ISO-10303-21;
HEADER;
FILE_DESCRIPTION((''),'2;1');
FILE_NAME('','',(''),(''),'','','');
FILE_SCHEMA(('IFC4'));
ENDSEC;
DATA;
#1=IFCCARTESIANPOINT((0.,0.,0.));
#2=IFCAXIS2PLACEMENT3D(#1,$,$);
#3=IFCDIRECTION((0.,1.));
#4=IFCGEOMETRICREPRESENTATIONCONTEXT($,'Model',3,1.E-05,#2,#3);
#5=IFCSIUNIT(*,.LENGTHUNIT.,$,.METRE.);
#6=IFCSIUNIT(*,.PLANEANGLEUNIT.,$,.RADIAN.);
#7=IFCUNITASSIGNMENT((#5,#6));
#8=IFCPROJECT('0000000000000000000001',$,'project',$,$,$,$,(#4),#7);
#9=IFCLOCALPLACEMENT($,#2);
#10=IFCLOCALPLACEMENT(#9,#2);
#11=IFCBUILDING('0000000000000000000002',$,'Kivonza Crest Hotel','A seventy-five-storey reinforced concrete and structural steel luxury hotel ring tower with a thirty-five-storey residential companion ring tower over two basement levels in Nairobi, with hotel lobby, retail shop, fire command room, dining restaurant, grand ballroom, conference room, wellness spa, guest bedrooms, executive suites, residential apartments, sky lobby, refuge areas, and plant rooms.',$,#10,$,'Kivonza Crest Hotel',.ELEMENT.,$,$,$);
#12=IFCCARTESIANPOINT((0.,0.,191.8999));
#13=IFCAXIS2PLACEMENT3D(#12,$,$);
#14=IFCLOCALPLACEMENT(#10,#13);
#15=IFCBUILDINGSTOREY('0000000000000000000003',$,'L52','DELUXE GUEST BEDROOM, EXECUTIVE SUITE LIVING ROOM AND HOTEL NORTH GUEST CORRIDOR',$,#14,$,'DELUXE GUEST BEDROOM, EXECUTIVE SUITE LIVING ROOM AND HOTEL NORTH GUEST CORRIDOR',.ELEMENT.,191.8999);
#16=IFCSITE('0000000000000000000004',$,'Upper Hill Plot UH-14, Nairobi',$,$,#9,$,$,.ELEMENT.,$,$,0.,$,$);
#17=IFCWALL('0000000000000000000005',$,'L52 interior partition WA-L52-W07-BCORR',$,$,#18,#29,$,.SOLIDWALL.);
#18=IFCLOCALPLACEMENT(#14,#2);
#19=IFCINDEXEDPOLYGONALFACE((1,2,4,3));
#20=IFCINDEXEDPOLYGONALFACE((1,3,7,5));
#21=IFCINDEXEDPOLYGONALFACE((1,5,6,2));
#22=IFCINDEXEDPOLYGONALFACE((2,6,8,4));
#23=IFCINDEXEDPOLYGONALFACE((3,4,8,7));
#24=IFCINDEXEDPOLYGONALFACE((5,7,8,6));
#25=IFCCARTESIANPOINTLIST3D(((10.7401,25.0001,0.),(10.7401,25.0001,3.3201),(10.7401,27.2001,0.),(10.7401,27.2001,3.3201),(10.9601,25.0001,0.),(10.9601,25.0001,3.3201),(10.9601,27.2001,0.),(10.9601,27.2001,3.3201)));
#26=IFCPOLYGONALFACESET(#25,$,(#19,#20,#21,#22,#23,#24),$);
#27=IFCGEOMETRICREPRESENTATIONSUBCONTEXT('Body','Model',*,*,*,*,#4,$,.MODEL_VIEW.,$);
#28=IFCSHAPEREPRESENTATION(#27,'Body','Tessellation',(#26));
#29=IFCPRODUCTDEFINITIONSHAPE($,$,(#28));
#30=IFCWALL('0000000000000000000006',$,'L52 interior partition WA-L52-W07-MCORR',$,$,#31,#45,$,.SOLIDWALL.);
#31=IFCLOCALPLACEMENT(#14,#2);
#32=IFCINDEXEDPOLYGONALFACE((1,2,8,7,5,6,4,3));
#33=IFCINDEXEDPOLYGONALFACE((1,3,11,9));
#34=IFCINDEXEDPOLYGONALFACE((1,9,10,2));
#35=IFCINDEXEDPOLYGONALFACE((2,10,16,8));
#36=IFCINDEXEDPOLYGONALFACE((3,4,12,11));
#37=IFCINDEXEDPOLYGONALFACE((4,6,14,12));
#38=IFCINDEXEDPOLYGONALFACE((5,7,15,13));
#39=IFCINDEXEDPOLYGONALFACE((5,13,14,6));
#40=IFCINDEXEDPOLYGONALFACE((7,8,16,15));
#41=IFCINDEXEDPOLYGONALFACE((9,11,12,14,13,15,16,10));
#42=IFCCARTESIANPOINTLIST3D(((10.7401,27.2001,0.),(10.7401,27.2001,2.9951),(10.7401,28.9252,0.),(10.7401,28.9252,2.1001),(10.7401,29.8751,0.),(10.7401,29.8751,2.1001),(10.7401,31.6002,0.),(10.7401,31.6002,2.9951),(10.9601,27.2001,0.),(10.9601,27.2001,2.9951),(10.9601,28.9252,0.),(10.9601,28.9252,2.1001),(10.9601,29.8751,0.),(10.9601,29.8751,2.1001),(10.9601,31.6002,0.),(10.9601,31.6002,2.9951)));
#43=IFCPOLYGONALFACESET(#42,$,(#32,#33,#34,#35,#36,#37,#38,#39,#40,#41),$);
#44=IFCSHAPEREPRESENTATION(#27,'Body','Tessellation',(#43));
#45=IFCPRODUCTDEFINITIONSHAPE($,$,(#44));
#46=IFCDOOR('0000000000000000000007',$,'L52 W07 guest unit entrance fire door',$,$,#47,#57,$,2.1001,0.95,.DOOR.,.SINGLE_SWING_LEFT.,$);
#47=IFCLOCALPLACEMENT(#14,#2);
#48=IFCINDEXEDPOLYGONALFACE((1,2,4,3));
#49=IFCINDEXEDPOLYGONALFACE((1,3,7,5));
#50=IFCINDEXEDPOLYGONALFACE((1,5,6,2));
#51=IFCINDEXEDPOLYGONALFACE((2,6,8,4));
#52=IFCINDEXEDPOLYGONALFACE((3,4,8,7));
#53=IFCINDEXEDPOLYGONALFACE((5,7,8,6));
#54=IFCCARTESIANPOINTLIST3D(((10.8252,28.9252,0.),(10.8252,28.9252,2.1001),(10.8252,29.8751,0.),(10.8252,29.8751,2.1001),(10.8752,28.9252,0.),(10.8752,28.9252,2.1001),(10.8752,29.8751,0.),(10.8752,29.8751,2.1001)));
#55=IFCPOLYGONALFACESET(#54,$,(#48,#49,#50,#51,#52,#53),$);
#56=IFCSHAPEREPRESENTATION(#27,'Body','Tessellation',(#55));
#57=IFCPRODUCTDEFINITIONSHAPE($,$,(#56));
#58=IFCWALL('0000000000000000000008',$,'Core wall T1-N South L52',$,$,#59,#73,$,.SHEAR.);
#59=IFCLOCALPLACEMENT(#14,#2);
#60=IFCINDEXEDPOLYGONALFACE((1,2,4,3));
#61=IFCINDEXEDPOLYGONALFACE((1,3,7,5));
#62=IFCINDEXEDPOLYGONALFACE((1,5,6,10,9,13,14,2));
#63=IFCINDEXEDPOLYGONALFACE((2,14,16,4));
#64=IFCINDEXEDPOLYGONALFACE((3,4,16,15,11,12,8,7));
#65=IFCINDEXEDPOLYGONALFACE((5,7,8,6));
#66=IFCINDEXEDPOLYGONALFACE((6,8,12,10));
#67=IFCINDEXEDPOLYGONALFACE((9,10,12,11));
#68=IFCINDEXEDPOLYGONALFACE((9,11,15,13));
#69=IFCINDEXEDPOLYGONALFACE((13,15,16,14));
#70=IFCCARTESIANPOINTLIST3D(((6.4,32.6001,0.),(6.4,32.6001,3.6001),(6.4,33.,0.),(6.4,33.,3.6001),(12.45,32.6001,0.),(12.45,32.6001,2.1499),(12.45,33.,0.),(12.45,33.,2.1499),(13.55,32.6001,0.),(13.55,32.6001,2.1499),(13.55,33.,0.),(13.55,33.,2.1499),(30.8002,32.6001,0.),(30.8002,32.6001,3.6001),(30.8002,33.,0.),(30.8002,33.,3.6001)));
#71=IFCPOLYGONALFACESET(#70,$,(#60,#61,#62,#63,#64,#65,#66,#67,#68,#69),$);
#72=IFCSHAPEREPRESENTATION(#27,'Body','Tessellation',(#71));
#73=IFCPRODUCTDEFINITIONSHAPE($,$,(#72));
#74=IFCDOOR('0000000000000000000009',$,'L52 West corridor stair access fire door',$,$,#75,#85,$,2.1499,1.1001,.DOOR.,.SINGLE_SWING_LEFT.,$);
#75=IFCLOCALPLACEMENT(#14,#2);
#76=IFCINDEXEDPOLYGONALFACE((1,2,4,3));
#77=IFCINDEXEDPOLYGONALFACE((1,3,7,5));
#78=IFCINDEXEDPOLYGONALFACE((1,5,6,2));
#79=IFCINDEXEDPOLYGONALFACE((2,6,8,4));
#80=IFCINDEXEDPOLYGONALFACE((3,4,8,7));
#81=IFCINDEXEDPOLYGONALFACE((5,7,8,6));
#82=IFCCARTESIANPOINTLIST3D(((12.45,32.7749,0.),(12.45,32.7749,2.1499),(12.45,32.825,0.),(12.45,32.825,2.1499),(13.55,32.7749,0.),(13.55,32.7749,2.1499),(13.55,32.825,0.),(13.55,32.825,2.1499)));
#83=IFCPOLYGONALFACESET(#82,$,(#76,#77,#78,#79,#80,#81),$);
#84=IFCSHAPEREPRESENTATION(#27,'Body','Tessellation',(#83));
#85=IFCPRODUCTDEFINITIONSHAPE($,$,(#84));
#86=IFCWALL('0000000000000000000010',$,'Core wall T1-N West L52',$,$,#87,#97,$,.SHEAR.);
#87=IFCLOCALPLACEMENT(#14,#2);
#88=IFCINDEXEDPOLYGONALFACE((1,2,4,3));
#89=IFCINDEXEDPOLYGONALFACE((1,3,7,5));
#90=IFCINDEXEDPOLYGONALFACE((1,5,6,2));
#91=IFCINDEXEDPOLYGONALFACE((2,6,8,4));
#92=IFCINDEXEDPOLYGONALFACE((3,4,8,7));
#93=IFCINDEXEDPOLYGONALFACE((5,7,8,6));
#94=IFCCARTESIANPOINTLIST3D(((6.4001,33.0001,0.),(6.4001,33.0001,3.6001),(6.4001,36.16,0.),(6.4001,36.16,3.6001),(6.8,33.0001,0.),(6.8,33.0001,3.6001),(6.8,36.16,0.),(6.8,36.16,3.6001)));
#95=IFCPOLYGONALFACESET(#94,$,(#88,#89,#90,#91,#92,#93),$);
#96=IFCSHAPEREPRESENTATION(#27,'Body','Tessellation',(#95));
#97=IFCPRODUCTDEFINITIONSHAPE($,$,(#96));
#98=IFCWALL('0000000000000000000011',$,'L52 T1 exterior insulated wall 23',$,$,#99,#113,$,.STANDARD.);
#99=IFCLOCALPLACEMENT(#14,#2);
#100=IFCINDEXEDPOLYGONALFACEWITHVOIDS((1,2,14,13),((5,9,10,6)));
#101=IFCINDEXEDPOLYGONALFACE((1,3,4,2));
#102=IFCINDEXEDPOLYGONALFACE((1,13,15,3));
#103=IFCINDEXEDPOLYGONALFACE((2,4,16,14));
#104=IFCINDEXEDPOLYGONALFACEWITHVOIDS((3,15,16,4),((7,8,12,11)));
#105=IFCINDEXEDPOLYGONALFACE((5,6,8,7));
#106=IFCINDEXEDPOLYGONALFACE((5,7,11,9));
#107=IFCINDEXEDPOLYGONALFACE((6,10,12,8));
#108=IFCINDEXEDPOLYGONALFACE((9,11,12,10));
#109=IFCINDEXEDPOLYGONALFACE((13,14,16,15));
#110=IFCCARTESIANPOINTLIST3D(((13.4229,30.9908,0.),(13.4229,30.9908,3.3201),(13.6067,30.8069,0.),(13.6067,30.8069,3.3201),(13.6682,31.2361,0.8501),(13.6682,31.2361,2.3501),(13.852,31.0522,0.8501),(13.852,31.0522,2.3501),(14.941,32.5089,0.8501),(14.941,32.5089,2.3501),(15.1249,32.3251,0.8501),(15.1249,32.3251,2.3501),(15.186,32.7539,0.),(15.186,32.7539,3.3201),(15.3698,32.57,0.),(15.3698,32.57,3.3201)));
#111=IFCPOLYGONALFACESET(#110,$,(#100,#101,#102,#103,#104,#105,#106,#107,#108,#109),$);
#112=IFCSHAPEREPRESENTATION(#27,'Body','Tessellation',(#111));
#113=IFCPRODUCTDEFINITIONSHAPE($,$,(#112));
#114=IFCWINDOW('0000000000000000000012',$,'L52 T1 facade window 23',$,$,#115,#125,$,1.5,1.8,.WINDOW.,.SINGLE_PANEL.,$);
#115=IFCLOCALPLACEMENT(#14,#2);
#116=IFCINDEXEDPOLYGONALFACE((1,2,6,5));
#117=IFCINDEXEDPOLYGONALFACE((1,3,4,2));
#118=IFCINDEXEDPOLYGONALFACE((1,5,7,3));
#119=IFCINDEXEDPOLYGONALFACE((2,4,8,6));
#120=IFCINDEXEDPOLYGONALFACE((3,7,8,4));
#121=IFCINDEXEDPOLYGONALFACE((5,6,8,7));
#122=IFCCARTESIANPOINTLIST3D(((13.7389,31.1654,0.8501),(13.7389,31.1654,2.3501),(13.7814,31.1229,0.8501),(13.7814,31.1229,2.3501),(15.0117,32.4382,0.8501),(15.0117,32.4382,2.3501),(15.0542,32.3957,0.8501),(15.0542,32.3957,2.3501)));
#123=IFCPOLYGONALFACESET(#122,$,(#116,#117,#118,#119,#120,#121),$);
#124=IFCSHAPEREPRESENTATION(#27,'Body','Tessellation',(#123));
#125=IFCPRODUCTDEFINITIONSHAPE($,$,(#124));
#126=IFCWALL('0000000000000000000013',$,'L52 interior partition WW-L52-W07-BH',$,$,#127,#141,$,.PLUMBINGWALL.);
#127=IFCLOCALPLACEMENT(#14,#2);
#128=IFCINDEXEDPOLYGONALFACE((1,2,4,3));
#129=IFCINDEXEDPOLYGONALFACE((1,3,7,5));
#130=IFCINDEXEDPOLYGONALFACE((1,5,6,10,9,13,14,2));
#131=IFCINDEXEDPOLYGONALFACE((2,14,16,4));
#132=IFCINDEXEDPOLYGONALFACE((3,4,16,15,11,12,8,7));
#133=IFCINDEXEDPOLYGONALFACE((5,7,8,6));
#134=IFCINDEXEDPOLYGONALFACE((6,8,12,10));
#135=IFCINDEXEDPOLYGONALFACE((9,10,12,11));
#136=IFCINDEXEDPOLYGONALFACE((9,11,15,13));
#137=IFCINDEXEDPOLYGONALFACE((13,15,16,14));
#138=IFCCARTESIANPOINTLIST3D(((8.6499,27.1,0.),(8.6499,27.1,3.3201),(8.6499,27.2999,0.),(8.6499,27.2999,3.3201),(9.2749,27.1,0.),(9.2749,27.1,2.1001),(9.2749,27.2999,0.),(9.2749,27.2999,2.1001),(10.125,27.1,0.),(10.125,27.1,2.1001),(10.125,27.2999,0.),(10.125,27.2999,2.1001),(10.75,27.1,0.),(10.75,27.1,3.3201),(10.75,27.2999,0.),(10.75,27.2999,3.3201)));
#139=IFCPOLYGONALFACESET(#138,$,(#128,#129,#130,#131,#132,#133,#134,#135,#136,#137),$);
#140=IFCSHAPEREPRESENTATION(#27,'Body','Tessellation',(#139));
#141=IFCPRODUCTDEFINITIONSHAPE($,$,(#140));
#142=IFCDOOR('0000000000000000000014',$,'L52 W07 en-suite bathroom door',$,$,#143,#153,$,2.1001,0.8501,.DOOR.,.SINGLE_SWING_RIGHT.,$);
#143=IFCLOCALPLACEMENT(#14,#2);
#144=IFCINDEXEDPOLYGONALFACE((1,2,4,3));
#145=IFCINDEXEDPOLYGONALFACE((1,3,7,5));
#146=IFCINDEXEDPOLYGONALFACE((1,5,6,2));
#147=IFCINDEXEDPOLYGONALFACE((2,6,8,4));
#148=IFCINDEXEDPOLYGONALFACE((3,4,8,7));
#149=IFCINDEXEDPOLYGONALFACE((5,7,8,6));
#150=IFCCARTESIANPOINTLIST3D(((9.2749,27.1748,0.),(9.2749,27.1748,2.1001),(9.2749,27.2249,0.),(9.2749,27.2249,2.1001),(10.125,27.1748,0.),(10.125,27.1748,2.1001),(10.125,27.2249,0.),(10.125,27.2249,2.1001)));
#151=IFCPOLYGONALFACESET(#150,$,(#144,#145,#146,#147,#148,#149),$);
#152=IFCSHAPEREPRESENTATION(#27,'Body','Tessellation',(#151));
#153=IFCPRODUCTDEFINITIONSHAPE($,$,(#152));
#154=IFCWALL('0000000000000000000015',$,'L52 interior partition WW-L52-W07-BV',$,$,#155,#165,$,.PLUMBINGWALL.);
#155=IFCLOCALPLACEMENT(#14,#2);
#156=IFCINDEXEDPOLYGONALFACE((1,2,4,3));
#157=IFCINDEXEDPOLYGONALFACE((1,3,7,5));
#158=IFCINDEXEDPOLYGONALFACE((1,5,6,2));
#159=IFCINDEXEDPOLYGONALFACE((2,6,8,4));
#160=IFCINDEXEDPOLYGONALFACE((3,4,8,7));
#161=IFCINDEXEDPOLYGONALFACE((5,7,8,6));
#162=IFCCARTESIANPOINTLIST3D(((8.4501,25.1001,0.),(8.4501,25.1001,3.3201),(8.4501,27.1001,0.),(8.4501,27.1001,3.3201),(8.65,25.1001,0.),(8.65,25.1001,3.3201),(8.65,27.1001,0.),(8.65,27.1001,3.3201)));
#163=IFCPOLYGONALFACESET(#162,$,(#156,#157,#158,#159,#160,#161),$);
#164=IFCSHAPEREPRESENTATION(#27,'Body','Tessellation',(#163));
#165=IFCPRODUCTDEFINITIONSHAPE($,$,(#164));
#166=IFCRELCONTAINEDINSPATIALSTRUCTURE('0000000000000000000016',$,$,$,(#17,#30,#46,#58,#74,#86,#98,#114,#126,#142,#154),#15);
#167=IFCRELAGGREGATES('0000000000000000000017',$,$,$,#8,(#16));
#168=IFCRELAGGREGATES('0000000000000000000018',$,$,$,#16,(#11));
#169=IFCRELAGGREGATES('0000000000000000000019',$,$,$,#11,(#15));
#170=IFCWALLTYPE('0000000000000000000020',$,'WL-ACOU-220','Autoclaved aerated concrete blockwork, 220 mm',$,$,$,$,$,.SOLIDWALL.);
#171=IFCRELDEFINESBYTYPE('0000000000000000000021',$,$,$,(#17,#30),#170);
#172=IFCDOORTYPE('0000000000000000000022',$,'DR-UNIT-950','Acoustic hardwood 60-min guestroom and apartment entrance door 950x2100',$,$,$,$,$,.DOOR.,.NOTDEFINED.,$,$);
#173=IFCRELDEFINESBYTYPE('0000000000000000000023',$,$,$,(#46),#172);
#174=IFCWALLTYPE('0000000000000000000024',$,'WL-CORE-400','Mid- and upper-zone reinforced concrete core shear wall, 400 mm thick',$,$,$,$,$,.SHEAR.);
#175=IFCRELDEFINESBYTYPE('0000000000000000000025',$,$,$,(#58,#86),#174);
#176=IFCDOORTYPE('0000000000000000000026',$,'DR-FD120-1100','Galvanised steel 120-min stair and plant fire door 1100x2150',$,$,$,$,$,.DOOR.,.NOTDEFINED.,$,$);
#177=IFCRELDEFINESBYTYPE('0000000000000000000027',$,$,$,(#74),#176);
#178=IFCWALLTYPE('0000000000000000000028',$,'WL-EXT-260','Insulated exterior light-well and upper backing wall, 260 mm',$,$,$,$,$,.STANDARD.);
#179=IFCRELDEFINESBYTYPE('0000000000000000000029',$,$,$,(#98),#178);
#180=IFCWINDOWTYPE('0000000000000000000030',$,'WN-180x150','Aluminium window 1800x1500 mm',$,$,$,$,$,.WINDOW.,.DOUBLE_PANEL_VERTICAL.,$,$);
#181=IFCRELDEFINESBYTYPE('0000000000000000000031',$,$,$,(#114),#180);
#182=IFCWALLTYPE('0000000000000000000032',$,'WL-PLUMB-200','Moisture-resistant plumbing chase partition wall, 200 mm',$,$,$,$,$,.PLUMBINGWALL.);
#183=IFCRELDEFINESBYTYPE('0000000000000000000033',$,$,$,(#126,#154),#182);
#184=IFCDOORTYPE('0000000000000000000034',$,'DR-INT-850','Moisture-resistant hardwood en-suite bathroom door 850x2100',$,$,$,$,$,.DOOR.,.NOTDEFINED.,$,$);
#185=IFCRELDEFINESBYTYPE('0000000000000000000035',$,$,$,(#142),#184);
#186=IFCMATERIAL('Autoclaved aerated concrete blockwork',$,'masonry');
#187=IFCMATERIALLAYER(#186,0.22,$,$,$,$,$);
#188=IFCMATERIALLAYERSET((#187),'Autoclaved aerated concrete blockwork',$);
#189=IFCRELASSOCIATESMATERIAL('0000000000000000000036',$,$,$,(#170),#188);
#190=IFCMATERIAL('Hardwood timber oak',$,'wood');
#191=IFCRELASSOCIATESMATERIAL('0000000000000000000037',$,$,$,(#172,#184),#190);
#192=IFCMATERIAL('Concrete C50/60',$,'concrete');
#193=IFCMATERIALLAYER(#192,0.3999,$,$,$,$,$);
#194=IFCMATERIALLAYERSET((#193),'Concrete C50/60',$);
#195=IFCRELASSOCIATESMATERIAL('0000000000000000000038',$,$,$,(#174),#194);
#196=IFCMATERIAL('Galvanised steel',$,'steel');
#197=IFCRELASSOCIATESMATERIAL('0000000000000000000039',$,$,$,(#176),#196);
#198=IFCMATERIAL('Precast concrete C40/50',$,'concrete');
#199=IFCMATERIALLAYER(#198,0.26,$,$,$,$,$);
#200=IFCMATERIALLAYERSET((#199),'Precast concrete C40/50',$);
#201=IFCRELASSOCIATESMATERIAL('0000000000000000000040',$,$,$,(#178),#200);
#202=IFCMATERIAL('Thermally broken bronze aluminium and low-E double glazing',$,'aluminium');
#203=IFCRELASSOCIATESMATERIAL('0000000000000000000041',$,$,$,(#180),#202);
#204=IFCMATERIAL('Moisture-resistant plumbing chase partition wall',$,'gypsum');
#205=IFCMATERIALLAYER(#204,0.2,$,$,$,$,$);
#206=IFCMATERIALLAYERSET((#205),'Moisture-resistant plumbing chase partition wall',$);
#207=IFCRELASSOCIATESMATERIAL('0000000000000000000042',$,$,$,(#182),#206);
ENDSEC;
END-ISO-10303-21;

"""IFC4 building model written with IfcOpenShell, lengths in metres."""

from ifc_helpers import new_model, si_unit, direction, frame, frame_2d, origin, place, context, subcontext, project, spatial, rectangle, extrude, material, layer, layer_set, type_object, element, fill, save


model = new_model("IFC4")

# Units and contexts
model_context = context("Model", 3, precision=1e-05, world=origin(), true_north=direction((0.0, 1.0)))
body_context = subcontext(model_context, "Body", "Model", "MODEL_VIEW")
ifc_project = project(units=[si_unit("LENGTHUNIT", "METRE"), si_unit("PLANEANGLEUNIT", "RADIAN")], contexts=[model_context])

# Site, building, storey
site_placement = place(None, origin())
site = spatial("IfcSite", under=ifc_project, at=site_placement, Name="Upper Hill Plot UH-14, Nairobi", CompositionType="ELEMENT", RefElevation=0.0)
building_placement = place(site_placement, origin())
building = spatial("IfcBuilding", under=site, at=building_placement, Name="Kivonza Crest Hotel", Description="A seventy-five-storey reinforced concrete and structural steel luxury hotel ring tower with a thirty-five-storey residential companion ring tower over two basement levels in Nairobi, with hotel lobby, retail shop, fire command room, dining restaurant, grand ballroom, conference room, wellness spa, guest bedrooms, executive suites, residential apartments, sky lobby, refuge areas, and plant rooms.", LongName="Kivonza Crest Hotel", CompositionType="ELEMENT")
storey_placement = place(building_placement, frame((0.0, 0.0, 191.8999)))
storey = spatial("IfcBuildingStorey", under=building, at=storey_placement, Name="L52", Description="DELUXE GUEST BEDROOM, EXECUTIVE SUITE LIVING ROOM AND HOTEL NORTH GUEST CORRIDOR", LongName="DELUXE GUEST BEDROOM, EXECUTIVE SUITE LIVING ROOM AND HOTEL NORTH GUEST CORRIDOR", CompositionType="ELEMENT", Elevation=191.8999)

# Shared definitions
ifc_material_1 = material(Name="Concrete C50/60", Category="concrete")

# Wall
ifc_material_2 = material(Name="Autoclaved aerated concrete blockwork", Category="masonry")
ifc_layer_1 = layer(ifc_material_2, 0.22)
ifc_layer_set_1 = layer_set([ifc_layer_1], Name="Autoclaved aerated concrete blockwork")
wall_type_1 = type_object("IfcWallType", Name="WL-ACOU-220", Description="Autoclaved aerated concrete blockwork, 220 mm", PredefinedType="SOLIDWALL", material=ifc_layer_set_1)
wall_1_placement = place(storey_placement, frame((10.8501, 25.0, 0.0), z_axis=(0.0, 0.0, 1.0), x_axis=(0.0, 1.0, 0.0)))
element("IfcWall", 1, at=wall_1_placement, inside=storey, type_object=wall_type_1, Name="L52 interior partition WA-L52-W07-BCORR", PredefinedType="SOLIDWALL", context=body_context, shape_type="SweptSolid", body=[
    extrude(rectangle(XDim=2.2, YDim=0.22, at=frame_2d((1.1001, 0.0))), origin(), (0.0, 0.0, 1.0), 3.3201),
])

# Walls, openings, doors
wall_2_placement = place(storey_placement, frame((10.8501, 27.2, 0.0), z_axis=(0.0, 0.0, 1.0), x_axis=(0.0, 1.0, 0.0)))
wall_2 = element("IfcWall", 2, at=wall_2_placement, inside=storey, type_object=wall_type_1, Name="L52 interior partition WA-L52-W07-MCORR", PredefinedType="SOLIDWALL", context=body_context, shape_type="SweptSolid", body=[
    extrude(rectangle(XDim=4.4001, YDim=0.22, at=frame_2d((2.2002, 0.0))), origin(), (0.0, 0.0, 1.0), 2.9951),
])
opening_1_placement = place(wall_2_placement, frame((1.7251, 0.0, 0.0)))
opening_1 = element("IfcOpeningElement", 3, at=opening_1_placement, cuts=wall_2, PredefinedType="OPENING", context=body_context, shape_type="SweptSolid", body=[
    extrude(rectangle(XDim=0.95, YDim=2.1001, at=frame_2d((0.4751, 1.05))), frame((0.0, 0.1201, 0.0), z_axis=(0.0, -1.0, 0.0), x_axis=(1.0, 0.0, 0.0)), (0.0, 0.0, 1.0), 0.24),
])
ifc_material_3 = material(Name="Hardwood timber oak", Category="wood")
door_type_1 = type_object("IfcDoorType", Name="DR-UNIT-950", Description="Acoustic hardwood 60-min guestroom and apartment entrance door 950x2100", OperationType="NOTDEFINED", PredefinedType="DOOR", material=ifc_material_3)
door_1_placement = place(opening_1_placement, origin())
door_1 = element("IfcDoor", 4, at=door_1_placement, inside=storey, type_object=door_type_1, Name="L52 W07 guest unit entrance fire door", OperationType="SINGLE_SWING_LEFT", OverallHeight=2.1001, OverallWidth=0.95, PredefinedType="DOOR", context=body_context, shape_type="SweptSolid", body=[
    extrude(rectangle(XDim=0.95, YDim=2.1001, at=frame_2d((0.4751, 1.05))), frame((0.0, 0.0249, 0.0), z_axis=(0.0, -1.0, 0.0), x_axis=(1.0, 0.0, 0.0)), (0.0, 0.0, 1.0), 0.05),
])
fill(opening_1, door_1)
ifc_layer_2 = layer(ifc_material_1, 0.3999)
ifc_layer_set_2 = layer_set([ifc_layer_2], Name="Concrete C50/60")
wall_type_2 = type_object("IfcWallType", Name="WL-CORE-400", Description="Mid- and upper-zone reinforced concrete core shear wall, 400 mm thick", PredefinedType="SHEAR", material=ifc_layer_set_2)
wall_3_placement = place(storey_placement, frame((6.3999, 32.8, 0.0), z_axis=(0.0, 0.0, 1.0), x_axis=(1.0, 0.0, 0.0)))
wall_3 = element("IfcWall", 5, at=wall_3_placement, inside=storey, type_object=wall_type_2, Name="Core wall T1-N South L52", PredefinedType="SHEAR", context=body_context, shape_type="SweptSolid", body=[
    extrude(rectangle(XDim=24.4001, YDim=0.3999, at=frame_2d((12.2002, 0.0))), origin(), (0.0, 0.0, 1.0), 3.6001),
])
opening_2_placement = place(wall_3_placement, frame((6.05, 0.0, 0.0)))
opening_2 = element("IfcOpeningElement", 6, at=opening_2_placement, cuts=wall_3, PredefinedType="OPENING", context=body_context, shape_type="SweptSolid", body=[
    extrude(rectangle(XDim=1.1001, YDim=2.1499, at=frame_2d((0.55, 1.075))), frame((0.0, 0.21, 0.0), z_axis=(0.0, -1.0, 0.0), x_axis=(1.0, 0.0, 0.0)), (0.0, 0.0, 1.0), 0.4199),
])
ifc_material_4 = material(Name="Galvanised steel", Category="steel")
door_type_2 = type_object("IfcDoorType", Name="DR-FD120-1100", Description="Galvanised steel 120-min stair and plant fire door 1100x2150", OperationType="NOTDEFINED", PredefinedType="DOOR", material=ifc_material_4)
door_2_placement = place(opening_2_placement, origin())
door_2 = element("IfcDoor", 7, at=door_2_placement, inside=storey, type_object=door_type_2, Name="L52 West corridor stair access fire door", OperationType="SINGLE_SWING_LEFT", OverallHeight=2.1499, OverallWidth=1.1001, PredefinedType="DOOR", context=body_context, shape_type="SweptSolid", body=[
    extrude(rectangle(XDim=1.1001, YDim=2.1499, at=frame_2d((0.55, 1.075))), frame((0.0, 0.0249, 0.0), z_axis=(0.0, -1.0, 0.0), x_axis=(1.0, 0.0, 0.0)), (0.0, 0.0, 1.0), 0.05),
])
fill(opening_2, door_2)

# Wall
wall_4_placement = place(storey_placement, frame((6.6001, 33.0, 0.0), z_axis=(0.0, 0.0, 1.0), x_axis=(0.0, 1.0, 0.0)))
element("IfcWall", 8, at=wall_4_placement, inside=storey, type_object=wall_type_2, Name="Core wall T1-N West L52", PredefinedType="SHEAR", context=body_context, shape_type="SweptSolid", body=[
    extrude(rectangle(XDim=3.1599, YDim=0.3999, at=frame_2d((1.5801, 0.0))), origin(), (0.0, 0.0, 1.0), 3.6001),
])

# Wall, opening, window
ifc_material_5 = material(Name="Precast concrete C40/50", Category="concrete")
ifc_layer_3 = layer(ifc_material_5, 0.26)
ifc_layer_set_3 = layer_set([ifc_layer_3], Name="Precast concrete C40/50")
wall_type_3 = type_object("IfcWallType", Name="WL-EXT-260", Description="Insulated exterior light-well and upper backing wall, 260 mm", PredefinedType="STANDARD", material=ifc_layer_set_3)
wall_5_placement = place(storey_placement, frame((13.5149, 30.8989, 0.0), z_axis=(0.0, 0.0, 1.0), x_axis=(0.707107, 0.707107, 0.0)))
wall_5 = element("IfcWall", 9, at=wall_5_placement, inside=storey, type_object=wall_type_3, Name="L52 T1 exterior insulated wall 23", PredefinedType="STANDARD", context=body_context, shape_type="SweptSolid", body=[
    extrude(rectangle(XDim=2.4934, YDim=0.26, at=frame_2d((1.2466, 0.0))), origin(), (0.0, 0.0, 1.0), 3.3201),
])
opening_3_placement = place(wall_5_placement, frame((0.3469, 0.0, 0.8501)))
opening_3 = element("IfcOpeningElement", 10, at=opening_3_placement, cuts=wall_5, PredefinedType="OPENING", context=body_context, shape_type="SweptSolid", body=[
    extrude(rectangle(XDim=1.8, YDim=1.5, at=frame_2d((0.8999, 0.75))), frame((0.0, 0.1401, 0.0), z_axis=(0.0, -1.0, 0.0), x_axis=(1.0, 0.0, 0.0)), (0.0, 0.0, 1.0), 0.28),
])
ifc_material_6 = material(Name="Thermally broken bronze aluminium and low-E double glazing", Category="aluminium")
window_type = type_object("IfcWindowType", Name="WN-180x150", Description="Aluminium window 1800x1500 mm", PartitioningType="DOUBLE_PANEL_VERTICAL", PredefinedType="WINDOW", material=ifc_material_6)
window_placement = place(opening_3_placement, origin())
window = element("IfcWindow", 11, at=window_placement, inside=storey, type_object=window_type, Name="L52 T1 facade window 23", OverallHeight=1.5, OverallWidth=1.8, PartitioningType="SINGLE_PANEL", PredefinedType="WINDOW", context=body_context, shape_type="SweptSolid", body=[
    extrude(rectangle(XDim=1.8, YDim=1.5, at=frame_2d((0.8999, 0.75))), frame((0.0, 0.03, 0.0), z_axis=(0.0, -1.0, 0.0), x_axis=(1.0, 0.0, 0.0)), (0.0, 0.0, 1.0), 0.0601),
])
fill(opening_3, window)

# Wall, opening, door
ifc_material_7 = material(Name="Moisture-resistant plumbing chase partition wall", Category="gypsum")
ifc_layer_4 = layer(ifc_material_7, 0.2)
ifc_layer_set_4 = layer_set([ifc_layer_4], Name="Moisture-resistant plumbing chase partition wall")
wall_type_4 = type_object("IfcWallType", Name="WL-PLUMB-200", Description="Moisture-resistant plumbing chase partition wall, 200 mm", PredefinedType="PLUMBINGWALL", material=ifc_layer_set_4)
wall_6_placement = place(storey_placement, frame((8.6499, 27.2, 0.0), z_axis=(0.0, 0.0, 1.0), x_axis=(1.0, 0.0, 0.0)))
wall_6 = element("IfcWall", 12, at=wall_6_placement, inside=storey, type_object=wall_type_4, Name="L52 interior partition WW-L52-W07-BH", PredefinedType="PLUMBINGWALL", context=body_context, shape_type="SweptSolid", body=[
    extrude(rectangle(XDim=2.1001, YDim=0.2, at=frame_2d((1.05, 0.0))), origin(), (0.0, 0.0, 1.0), 3.3201),
])
opening_4_placement = place(wall_6_placement, frame((0.625, 0.0, 0.0)))
opening_4 = element("IfcOpeningElement", 13, at=opening_4_placement, cuts=wall_6, PredefinedType="OPENING", context=body_context, shape_type="SweptSolid", body=[
    extrude(rectangle(XDim=0.8501, YDim=2.1001, at=frame_2d((0.425, 1.05))), frame((0.0, 0.1099, 0.0), z_axis=(0.0, -1.0, 0.0), x_axis=(1.0, 0.0, 0.0)), (0.0, 0.0, 1.0), 0.22),
])
door_type_3 = type_object("IfcDoorType", Name="DR-INT-850", Description="Moisture-resistant hardwood en-suite bathroom door 850x2100", OperationType="NOTDEFINED", PredefinedType="DOOR", material=ifc_material_3)
door_3_placement = place(opening_4_placement, origin())
door_3 = element("IfcDoor", 14, at=door_3_placement, inside=storey, type_object=door_type_3, Name="L52 W07 en-suite bathroom door", OperationType="SINGLE_SWING_RIGHT", OverallHeight=2.1001, OverallWidth=0.8501, PredefinedType="DOOR", context=body_context, shape_type="SweptSolid", body=[
    extrude(rectangle(XDim=0.8501, YDim=2.1001, at=frame_2d((0.425, 1.05))), frame((0.0, 0.0249, 0.0), z_axis=(0.0, -1.0, 0.0), x_axis=(1.0, 0.0, 0.0)), (0.0, 0.0, 1.0), 0.05),
])
fill(opening_4, door_3)

# Wall
wall_7_placement = place(storey_placement, frame((8.55, 25.1001, 0.0), z_axis=(0.0, 0.0, 1.0), x_axis=(0.0, 1.0, 0.0)))
element("IfcWall", 15, at=wall_7_placement, inside=storey, type_object=wall_type_4, Name="L52 interior partition WW-L52-W07-BV", PredefinedType="PLUMBINGWALL", context=body_context, shape_type="SweptSolid", body=[
    extrude(rectangle(XDim=2.0, YDim=0.2, at=frame_2d((1.0, 0.0))), origin(), (0.0, 0.0, 1.0), 3.3201),
])

save(model, "model.ifc")
